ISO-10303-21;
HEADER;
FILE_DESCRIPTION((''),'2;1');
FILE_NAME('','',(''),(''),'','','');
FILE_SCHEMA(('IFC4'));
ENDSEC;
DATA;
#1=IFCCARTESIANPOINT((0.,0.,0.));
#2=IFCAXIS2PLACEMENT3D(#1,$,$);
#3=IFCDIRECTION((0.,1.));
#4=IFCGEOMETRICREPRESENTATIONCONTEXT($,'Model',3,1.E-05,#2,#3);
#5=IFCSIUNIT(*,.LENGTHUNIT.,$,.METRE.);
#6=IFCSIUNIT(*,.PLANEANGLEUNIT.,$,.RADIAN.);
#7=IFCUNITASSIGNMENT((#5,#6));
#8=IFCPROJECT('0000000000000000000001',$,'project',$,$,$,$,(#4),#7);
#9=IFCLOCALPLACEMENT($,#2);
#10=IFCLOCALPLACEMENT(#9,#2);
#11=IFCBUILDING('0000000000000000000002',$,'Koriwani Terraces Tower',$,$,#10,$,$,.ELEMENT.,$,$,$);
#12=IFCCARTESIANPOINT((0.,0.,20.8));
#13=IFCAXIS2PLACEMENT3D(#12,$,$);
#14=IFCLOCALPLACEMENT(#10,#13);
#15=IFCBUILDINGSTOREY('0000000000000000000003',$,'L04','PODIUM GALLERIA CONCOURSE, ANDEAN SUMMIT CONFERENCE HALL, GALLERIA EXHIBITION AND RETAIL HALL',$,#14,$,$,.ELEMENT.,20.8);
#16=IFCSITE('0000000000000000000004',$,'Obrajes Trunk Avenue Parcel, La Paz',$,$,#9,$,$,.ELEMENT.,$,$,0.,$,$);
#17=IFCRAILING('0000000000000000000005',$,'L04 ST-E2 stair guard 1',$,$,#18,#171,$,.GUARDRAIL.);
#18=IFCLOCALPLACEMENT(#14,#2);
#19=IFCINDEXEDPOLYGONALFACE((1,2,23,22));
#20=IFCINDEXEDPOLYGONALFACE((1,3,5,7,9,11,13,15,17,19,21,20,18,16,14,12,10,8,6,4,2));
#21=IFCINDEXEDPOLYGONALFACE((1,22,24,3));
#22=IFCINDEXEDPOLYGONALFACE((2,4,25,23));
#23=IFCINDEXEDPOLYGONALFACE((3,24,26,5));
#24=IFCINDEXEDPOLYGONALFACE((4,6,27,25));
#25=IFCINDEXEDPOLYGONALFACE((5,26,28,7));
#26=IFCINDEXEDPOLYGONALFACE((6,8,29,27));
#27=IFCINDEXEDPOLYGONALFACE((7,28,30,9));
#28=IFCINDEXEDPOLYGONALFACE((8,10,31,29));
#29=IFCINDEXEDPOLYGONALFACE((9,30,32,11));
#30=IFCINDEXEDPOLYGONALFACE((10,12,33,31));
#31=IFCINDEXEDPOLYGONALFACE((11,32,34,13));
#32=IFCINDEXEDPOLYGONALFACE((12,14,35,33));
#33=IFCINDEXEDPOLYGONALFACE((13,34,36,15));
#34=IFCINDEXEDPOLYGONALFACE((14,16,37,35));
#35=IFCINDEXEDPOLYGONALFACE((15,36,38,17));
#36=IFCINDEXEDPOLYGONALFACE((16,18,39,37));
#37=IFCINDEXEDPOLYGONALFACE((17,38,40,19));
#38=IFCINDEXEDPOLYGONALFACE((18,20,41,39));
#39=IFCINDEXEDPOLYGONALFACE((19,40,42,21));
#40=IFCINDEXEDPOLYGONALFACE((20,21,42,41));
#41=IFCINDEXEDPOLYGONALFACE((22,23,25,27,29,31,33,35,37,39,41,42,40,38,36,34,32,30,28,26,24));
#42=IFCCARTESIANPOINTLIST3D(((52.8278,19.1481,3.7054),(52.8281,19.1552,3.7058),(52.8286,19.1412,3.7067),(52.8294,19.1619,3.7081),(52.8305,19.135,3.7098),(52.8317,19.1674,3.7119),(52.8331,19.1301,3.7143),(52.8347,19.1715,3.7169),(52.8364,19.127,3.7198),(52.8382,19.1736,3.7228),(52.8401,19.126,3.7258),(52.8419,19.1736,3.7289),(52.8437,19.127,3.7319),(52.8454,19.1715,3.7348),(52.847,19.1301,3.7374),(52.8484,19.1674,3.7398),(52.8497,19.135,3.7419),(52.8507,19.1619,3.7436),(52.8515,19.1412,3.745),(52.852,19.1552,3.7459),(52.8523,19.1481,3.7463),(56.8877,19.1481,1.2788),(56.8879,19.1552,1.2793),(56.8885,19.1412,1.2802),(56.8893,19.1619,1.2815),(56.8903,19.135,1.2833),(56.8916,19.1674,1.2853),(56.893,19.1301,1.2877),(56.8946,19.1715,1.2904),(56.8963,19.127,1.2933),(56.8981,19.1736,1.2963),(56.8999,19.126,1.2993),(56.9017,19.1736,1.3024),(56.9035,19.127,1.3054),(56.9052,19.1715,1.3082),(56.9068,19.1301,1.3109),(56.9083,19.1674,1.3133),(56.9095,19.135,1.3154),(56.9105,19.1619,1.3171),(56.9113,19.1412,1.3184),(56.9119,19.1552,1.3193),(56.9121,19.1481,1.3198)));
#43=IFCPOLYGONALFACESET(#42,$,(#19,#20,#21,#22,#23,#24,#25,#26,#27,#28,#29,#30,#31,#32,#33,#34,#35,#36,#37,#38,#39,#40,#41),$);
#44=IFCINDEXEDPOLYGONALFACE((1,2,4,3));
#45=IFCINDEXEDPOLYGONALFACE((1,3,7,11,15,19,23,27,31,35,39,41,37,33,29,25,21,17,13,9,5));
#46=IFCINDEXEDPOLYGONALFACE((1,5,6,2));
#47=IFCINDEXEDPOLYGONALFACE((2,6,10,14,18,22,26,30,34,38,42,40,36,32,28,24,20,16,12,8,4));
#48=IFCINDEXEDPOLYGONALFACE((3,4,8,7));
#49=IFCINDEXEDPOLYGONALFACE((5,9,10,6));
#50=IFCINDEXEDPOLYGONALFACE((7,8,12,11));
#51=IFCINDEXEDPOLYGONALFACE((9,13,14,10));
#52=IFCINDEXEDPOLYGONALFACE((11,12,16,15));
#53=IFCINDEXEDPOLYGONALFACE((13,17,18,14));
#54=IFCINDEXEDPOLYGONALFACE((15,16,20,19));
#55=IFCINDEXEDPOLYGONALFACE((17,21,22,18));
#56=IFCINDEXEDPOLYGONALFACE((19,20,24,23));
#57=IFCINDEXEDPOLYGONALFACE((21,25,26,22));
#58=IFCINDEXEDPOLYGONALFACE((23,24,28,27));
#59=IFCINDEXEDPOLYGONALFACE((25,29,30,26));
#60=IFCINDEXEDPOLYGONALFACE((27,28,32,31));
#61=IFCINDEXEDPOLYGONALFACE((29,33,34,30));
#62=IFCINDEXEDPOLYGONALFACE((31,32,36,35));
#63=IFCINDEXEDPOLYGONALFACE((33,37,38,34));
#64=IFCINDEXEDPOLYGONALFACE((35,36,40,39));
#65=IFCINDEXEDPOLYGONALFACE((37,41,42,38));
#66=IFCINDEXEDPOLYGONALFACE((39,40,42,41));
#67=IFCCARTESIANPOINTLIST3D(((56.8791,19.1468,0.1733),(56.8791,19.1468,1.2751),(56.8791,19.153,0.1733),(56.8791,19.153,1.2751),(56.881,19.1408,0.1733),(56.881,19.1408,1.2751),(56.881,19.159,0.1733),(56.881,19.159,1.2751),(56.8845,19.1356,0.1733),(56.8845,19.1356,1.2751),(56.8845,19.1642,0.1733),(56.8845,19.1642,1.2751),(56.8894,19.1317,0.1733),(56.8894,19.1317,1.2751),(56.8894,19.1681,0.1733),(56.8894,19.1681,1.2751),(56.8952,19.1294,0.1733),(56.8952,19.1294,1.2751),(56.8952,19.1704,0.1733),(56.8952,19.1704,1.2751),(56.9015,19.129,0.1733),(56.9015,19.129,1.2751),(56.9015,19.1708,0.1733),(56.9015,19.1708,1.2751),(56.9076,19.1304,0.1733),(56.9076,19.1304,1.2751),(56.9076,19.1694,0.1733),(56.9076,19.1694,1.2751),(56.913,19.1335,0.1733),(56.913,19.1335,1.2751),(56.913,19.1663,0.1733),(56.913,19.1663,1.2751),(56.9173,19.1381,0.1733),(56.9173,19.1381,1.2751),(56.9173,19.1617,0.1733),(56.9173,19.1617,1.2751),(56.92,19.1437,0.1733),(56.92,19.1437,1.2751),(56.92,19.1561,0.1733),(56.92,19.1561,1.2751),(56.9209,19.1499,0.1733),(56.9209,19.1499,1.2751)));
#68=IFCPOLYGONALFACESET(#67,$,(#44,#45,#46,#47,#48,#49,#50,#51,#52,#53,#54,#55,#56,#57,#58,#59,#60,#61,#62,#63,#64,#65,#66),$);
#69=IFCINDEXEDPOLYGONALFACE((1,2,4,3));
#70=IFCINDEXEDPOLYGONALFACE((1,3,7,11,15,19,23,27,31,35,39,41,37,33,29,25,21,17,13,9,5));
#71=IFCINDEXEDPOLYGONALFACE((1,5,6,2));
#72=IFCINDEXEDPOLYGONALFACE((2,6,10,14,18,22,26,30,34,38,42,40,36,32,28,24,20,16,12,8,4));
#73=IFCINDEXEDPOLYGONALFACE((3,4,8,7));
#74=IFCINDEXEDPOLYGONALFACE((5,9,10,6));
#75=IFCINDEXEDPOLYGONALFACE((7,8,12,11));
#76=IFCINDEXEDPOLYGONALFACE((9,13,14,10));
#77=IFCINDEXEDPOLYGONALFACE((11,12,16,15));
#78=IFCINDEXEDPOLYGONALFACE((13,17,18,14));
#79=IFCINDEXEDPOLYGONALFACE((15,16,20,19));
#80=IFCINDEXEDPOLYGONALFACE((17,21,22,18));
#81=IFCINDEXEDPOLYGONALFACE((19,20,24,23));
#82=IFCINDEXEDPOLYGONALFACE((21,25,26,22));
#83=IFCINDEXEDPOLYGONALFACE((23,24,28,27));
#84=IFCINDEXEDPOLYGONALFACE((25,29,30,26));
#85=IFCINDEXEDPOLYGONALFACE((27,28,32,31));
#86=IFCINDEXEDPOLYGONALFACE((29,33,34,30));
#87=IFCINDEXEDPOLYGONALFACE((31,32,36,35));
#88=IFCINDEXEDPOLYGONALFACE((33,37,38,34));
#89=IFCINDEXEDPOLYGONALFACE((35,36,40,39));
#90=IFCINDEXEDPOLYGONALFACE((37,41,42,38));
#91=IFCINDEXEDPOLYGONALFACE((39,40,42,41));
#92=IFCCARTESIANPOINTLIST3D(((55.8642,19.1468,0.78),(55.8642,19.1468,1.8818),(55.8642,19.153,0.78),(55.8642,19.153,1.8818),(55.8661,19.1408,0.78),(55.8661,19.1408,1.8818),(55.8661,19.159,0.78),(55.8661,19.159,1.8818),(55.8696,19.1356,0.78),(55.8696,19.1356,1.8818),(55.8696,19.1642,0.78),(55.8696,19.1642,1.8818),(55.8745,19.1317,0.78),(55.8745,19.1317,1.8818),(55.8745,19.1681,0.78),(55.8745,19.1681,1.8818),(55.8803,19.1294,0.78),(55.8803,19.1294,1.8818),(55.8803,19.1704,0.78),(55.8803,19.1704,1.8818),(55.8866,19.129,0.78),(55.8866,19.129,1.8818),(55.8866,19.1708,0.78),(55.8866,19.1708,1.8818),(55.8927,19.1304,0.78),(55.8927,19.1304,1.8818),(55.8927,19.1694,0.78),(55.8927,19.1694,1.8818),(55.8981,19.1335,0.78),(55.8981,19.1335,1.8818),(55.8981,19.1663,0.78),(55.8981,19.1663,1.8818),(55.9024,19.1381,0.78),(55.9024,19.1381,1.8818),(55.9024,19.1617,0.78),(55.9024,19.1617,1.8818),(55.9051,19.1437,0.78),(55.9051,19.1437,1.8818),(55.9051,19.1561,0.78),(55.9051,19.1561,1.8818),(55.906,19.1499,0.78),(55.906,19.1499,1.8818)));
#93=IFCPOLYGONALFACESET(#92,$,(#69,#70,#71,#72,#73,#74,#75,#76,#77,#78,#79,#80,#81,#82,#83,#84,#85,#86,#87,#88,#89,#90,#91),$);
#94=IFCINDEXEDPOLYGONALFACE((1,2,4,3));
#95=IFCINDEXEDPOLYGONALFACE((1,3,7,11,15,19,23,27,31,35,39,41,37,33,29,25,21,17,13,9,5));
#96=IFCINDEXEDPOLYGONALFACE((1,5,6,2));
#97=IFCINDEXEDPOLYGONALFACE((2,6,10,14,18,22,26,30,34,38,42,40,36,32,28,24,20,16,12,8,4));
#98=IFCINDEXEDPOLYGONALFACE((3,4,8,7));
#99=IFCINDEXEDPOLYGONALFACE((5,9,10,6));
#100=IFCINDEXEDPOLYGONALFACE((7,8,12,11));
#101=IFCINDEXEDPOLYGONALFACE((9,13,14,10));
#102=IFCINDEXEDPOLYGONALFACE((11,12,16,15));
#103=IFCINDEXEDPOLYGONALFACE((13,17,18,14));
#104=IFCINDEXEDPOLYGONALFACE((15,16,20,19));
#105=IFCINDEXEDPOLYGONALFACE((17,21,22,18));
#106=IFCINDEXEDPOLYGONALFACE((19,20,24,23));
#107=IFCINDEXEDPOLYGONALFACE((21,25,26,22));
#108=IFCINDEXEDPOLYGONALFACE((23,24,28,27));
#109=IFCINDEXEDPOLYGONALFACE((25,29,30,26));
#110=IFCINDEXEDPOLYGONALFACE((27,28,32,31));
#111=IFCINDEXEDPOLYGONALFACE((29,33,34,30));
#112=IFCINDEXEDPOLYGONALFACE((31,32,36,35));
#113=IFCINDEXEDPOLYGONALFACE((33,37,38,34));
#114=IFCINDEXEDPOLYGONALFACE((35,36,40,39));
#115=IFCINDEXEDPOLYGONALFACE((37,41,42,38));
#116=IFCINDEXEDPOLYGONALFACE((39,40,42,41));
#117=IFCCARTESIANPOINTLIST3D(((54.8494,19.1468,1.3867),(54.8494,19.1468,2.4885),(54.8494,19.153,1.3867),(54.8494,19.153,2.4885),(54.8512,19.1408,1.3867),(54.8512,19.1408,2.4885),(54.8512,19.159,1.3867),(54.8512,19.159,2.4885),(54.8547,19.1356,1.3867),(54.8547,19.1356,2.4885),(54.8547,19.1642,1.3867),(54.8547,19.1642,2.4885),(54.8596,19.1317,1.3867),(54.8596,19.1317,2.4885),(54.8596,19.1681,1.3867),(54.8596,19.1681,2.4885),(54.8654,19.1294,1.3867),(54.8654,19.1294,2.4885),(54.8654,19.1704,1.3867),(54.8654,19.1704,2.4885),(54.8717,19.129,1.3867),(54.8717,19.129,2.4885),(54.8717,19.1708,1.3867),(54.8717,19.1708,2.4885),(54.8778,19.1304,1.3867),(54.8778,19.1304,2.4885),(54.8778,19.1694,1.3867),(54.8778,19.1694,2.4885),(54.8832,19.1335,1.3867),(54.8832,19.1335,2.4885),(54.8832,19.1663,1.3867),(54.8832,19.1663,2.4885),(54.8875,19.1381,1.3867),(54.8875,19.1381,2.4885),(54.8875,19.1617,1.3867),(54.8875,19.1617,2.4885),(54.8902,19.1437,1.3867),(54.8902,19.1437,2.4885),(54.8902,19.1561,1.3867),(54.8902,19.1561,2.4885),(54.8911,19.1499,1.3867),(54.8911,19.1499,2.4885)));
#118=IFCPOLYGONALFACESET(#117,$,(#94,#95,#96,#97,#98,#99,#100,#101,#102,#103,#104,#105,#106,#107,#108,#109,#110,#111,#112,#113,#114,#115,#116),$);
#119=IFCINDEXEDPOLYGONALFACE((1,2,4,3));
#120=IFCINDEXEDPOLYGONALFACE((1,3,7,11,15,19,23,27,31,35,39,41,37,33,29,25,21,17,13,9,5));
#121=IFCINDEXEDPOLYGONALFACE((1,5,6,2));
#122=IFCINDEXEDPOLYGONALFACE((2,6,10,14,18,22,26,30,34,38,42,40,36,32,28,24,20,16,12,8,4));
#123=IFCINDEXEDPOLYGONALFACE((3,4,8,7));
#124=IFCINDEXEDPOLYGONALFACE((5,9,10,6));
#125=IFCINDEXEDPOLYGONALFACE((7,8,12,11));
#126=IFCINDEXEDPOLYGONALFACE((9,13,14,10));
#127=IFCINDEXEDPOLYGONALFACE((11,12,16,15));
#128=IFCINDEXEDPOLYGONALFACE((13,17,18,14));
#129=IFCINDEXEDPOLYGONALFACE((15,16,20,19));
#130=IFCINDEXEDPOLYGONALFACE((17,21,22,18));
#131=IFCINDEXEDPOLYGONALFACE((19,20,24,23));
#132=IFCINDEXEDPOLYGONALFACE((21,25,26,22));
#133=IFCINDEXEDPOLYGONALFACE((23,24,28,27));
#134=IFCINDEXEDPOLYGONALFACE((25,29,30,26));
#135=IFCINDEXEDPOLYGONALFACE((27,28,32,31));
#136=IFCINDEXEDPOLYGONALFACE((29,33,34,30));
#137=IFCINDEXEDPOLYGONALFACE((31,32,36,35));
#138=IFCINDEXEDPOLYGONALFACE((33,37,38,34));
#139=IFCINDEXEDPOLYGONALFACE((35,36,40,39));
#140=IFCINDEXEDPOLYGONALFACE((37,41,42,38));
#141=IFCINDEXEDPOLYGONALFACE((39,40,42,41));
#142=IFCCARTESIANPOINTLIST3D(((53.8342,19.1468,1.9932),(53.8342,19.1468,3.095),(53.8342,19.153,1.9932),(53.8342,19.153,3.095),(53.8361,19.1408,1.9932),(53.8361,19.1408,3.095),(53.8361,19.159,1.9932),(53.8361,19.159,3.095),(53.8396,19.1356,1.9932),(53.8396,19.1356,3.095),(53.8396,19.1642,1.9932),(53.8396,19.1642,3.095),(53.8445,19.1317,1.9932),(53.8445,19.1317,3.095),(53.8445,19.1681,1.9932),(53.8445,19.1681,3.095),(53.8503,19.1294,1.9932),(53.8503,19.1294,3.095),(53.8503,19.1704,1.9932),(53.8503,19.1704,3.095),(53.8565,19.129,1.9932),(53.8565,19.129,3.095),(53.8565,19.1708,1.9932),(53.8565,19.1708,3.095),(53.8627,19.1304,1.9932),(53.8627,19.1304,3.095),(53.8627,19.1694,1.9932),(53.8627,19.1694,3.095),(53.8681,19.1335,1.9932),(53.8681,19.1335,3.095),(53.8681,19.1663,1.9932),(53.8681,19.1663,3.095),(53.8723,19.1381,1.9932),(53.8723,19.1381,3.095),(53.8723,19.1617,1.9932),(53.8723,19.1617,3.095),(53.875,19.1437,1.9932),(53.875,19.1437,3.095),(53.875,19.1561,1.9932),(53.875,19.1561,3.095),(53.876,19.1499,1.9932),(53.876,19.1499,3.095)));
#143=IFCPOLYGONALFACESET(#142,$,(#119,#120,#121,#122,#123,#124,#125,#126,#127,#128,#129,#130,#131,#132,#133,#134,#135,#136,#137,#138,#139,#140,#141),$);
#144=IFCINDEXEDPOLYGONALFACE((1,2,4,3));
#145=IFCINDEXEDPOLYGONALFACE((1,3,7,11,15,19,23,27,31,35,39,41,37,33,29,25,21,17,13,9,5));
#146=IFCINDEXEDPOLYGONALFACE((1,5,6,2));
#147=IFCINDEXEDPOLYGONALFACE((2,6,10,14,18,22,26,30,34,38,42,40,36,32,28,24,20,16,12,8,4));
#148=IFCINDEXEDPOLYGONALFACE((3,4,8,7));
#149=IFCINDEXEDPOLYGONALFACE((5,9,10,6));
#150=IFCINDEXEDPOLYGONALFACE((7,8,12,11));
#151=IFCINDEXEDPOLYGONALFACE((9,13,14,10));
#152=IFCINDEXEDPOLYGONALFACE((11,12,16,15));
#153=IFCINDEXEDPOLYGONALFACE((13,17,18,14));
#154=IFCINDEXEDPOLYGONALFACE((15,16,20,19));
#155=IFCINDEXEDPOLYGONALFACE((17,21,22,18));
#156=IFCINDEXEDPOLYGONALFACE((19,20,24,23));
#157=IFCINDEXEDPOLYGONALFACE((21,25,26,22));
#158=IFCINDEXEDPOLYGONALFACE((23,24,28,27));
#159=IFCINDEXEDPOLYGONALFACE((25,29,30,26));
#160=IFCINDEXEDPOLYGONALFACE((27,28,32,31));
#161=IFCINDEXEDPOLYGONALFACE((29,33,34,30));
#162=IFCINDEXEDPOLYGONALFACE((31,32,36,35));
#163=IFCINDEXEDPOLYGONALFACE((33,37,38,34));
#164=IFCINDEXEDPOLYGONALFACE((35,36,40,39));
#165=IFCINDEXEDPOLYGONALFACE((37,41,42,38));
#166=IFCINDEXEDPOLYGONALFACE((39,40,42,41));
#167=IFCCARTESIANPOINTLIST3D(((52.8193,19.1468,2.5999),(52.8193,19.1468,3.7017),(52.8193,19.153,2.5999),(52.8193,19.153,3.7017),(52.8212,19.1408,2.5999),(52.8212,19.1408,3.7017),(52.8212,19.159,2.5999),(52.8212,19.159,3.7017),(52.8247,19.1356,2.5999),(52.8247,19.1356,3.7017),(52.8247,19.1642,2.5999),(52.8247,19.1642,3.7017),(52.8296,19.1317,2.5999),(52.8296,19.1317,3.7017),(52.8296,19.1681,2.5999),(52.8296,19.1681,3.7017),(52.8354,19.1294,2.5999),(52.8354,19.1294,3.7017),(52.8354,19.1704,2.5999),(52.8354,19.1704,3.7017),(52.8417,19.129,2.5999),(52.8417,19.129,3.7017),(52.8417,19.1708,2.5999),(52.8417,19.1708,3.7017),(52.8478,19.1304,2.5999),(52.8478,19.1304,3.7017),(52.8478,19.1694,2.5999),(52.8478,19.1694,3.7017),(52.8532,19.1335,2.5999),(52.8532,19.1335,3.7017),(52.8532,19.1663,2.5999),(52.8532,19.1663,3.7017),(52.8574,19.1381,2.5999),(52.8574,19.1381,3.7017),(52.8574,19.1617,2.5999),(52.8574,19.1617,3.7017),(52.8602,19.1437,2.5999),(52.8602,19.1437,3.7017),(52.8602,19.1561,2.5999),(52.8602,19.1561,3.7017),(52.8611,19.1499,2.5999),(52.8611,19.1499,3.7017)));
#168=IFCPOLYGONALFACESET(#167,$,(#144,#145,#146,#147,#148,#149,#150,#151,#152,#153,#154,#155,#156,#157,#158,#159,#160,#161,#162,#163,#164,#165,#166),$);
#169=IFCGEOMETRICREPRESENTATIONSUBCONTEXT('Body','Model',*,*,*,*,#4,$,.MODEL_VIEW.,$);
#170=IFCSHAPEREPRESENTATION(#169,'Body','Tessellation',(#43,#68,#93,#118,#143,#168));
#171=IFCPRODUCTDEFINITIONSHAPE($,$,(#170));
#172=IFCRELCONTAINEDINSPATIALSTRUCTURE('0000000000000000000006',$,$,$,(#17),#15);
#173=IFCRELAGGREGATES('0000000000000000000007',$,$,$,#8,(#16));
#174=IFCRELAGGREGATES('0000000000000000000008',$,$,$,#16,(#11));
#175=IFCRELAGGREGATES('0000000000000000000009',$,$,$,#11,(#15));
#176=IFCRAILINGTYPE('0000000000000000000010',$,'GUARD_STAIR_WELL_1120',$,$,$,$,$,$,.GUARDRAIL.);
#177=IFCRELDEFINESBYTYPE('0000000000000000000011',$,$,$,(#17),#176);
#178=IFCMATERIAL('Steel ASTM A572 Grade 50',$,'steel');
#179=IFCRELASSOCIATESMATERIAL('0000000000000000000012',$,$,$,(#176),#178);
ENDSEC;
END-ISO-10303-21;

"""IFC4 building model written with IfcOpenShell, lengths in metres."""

from ifc_helpers import new_model, si_unit, direction, frame, origin, origin_2d, place, context, subcontext, project, spatial, circle, extrude, material, type_object, element, save


model = new_model("IFC4")

# Units and contexts
model_context = context("Model", 3, precision=1e-05, world=origin(), true_north=direction((0.0, 1.0)))
body_context = subcontext(model_context, "Body", "Model", "MODEL_VIEW")
ifc_project = project(units=[si_unit("LENGTHUNIT", "METRE"), si_unit("PLANEANGLEUNIT", "RADIAN")], contexts=[model_context])

# Site, building, storey
site_placement = place(None, origin())
site = spatial("IfcSite", under=ifc_project, at=site_placement, Name="Obrajes Trunk Avenue Parcel, La Paz", CompositionType="ELEMENT", RefElevation=0.0)
building_placement = place(site_placement, origin())
building = spatial("IfcBuilding", under=site, at=building_placement, Name="Koriwani Terraces Tower", CompositionType="ELEMENT")
storey_placement = place(building_placement, frame((0.0, 0.0, 20.8)))
storey = spatial("IfcBuildingStorey", under=building, at=storey_placement, Name="L04", Description="PODIUM GALLERIA CONCOURSE, ANDEAN SUMMIT CONFERENCE HALL, GALLERIA EXHIBITION AND RETAIL HALL", CompositionType="ELEMENT", Elevation=20.8)

# Shared definitions
ifc_material_1 = material(Name="Steel ASTM A572 Grade 50", Category="steel")

# Railing
railing_type_1 = type_object("IfcRailingType", Name="GUARD_STAIR_WELL_1120", PredefinedType="GUARDRAIL", material=ifc_material_1)
railing_1_placement = place(storey_placement, frame((56.8999, 19.1499, 0.1733)))
element("IfcRailing", 1, at=railing_1_placement, inside=storey, type_object=railing_type_1, Name="L04 ST-E2 stair guard 1", PredefinedType="GUARDRAIL", context=body_context, shape_type="SweptSolid", body=[
    extrude(circle(Radius=0.0239, at=origin_2d()), frame((0.0, 0.0, 1.126), z_axis=(-0.858366, 0.0, 0.513038), x_axis=(0.0, -1.0, 0.0)), (0.0, 0.0, 1.0), 4.7297),
    extrude(circle(Radius=0.021, at=origin_2d()), origin(), (0.0, 0.0, 1.0), 1.1018),
    extrude(circle(Radius=0.021, at=origin_2d()), frame((-1.0149, 0.0, 0.6067)), (0.0, 0.0, 1.0), 1.1018),
    extrude(circle(Radius=0.021, at=origin_2d()), frame((-2.0298, 0.0, 1.2134)), (0.0, 0.0, 1.0), 1.1018),
    extrude(circle(Radius=0.021, at=origin_2d()), frame((-3.0449, 0.0, 1.8198)), (0.0, 0.0, 1.0), 1.1018),
    extrude(circle(Radius=0.021, at=origin_2d()), frame((-4.0598, 0.0, 2.4265)), (0.0, 0.0, 1.0), 1.1018),
])

save(model, "model.ifc")
